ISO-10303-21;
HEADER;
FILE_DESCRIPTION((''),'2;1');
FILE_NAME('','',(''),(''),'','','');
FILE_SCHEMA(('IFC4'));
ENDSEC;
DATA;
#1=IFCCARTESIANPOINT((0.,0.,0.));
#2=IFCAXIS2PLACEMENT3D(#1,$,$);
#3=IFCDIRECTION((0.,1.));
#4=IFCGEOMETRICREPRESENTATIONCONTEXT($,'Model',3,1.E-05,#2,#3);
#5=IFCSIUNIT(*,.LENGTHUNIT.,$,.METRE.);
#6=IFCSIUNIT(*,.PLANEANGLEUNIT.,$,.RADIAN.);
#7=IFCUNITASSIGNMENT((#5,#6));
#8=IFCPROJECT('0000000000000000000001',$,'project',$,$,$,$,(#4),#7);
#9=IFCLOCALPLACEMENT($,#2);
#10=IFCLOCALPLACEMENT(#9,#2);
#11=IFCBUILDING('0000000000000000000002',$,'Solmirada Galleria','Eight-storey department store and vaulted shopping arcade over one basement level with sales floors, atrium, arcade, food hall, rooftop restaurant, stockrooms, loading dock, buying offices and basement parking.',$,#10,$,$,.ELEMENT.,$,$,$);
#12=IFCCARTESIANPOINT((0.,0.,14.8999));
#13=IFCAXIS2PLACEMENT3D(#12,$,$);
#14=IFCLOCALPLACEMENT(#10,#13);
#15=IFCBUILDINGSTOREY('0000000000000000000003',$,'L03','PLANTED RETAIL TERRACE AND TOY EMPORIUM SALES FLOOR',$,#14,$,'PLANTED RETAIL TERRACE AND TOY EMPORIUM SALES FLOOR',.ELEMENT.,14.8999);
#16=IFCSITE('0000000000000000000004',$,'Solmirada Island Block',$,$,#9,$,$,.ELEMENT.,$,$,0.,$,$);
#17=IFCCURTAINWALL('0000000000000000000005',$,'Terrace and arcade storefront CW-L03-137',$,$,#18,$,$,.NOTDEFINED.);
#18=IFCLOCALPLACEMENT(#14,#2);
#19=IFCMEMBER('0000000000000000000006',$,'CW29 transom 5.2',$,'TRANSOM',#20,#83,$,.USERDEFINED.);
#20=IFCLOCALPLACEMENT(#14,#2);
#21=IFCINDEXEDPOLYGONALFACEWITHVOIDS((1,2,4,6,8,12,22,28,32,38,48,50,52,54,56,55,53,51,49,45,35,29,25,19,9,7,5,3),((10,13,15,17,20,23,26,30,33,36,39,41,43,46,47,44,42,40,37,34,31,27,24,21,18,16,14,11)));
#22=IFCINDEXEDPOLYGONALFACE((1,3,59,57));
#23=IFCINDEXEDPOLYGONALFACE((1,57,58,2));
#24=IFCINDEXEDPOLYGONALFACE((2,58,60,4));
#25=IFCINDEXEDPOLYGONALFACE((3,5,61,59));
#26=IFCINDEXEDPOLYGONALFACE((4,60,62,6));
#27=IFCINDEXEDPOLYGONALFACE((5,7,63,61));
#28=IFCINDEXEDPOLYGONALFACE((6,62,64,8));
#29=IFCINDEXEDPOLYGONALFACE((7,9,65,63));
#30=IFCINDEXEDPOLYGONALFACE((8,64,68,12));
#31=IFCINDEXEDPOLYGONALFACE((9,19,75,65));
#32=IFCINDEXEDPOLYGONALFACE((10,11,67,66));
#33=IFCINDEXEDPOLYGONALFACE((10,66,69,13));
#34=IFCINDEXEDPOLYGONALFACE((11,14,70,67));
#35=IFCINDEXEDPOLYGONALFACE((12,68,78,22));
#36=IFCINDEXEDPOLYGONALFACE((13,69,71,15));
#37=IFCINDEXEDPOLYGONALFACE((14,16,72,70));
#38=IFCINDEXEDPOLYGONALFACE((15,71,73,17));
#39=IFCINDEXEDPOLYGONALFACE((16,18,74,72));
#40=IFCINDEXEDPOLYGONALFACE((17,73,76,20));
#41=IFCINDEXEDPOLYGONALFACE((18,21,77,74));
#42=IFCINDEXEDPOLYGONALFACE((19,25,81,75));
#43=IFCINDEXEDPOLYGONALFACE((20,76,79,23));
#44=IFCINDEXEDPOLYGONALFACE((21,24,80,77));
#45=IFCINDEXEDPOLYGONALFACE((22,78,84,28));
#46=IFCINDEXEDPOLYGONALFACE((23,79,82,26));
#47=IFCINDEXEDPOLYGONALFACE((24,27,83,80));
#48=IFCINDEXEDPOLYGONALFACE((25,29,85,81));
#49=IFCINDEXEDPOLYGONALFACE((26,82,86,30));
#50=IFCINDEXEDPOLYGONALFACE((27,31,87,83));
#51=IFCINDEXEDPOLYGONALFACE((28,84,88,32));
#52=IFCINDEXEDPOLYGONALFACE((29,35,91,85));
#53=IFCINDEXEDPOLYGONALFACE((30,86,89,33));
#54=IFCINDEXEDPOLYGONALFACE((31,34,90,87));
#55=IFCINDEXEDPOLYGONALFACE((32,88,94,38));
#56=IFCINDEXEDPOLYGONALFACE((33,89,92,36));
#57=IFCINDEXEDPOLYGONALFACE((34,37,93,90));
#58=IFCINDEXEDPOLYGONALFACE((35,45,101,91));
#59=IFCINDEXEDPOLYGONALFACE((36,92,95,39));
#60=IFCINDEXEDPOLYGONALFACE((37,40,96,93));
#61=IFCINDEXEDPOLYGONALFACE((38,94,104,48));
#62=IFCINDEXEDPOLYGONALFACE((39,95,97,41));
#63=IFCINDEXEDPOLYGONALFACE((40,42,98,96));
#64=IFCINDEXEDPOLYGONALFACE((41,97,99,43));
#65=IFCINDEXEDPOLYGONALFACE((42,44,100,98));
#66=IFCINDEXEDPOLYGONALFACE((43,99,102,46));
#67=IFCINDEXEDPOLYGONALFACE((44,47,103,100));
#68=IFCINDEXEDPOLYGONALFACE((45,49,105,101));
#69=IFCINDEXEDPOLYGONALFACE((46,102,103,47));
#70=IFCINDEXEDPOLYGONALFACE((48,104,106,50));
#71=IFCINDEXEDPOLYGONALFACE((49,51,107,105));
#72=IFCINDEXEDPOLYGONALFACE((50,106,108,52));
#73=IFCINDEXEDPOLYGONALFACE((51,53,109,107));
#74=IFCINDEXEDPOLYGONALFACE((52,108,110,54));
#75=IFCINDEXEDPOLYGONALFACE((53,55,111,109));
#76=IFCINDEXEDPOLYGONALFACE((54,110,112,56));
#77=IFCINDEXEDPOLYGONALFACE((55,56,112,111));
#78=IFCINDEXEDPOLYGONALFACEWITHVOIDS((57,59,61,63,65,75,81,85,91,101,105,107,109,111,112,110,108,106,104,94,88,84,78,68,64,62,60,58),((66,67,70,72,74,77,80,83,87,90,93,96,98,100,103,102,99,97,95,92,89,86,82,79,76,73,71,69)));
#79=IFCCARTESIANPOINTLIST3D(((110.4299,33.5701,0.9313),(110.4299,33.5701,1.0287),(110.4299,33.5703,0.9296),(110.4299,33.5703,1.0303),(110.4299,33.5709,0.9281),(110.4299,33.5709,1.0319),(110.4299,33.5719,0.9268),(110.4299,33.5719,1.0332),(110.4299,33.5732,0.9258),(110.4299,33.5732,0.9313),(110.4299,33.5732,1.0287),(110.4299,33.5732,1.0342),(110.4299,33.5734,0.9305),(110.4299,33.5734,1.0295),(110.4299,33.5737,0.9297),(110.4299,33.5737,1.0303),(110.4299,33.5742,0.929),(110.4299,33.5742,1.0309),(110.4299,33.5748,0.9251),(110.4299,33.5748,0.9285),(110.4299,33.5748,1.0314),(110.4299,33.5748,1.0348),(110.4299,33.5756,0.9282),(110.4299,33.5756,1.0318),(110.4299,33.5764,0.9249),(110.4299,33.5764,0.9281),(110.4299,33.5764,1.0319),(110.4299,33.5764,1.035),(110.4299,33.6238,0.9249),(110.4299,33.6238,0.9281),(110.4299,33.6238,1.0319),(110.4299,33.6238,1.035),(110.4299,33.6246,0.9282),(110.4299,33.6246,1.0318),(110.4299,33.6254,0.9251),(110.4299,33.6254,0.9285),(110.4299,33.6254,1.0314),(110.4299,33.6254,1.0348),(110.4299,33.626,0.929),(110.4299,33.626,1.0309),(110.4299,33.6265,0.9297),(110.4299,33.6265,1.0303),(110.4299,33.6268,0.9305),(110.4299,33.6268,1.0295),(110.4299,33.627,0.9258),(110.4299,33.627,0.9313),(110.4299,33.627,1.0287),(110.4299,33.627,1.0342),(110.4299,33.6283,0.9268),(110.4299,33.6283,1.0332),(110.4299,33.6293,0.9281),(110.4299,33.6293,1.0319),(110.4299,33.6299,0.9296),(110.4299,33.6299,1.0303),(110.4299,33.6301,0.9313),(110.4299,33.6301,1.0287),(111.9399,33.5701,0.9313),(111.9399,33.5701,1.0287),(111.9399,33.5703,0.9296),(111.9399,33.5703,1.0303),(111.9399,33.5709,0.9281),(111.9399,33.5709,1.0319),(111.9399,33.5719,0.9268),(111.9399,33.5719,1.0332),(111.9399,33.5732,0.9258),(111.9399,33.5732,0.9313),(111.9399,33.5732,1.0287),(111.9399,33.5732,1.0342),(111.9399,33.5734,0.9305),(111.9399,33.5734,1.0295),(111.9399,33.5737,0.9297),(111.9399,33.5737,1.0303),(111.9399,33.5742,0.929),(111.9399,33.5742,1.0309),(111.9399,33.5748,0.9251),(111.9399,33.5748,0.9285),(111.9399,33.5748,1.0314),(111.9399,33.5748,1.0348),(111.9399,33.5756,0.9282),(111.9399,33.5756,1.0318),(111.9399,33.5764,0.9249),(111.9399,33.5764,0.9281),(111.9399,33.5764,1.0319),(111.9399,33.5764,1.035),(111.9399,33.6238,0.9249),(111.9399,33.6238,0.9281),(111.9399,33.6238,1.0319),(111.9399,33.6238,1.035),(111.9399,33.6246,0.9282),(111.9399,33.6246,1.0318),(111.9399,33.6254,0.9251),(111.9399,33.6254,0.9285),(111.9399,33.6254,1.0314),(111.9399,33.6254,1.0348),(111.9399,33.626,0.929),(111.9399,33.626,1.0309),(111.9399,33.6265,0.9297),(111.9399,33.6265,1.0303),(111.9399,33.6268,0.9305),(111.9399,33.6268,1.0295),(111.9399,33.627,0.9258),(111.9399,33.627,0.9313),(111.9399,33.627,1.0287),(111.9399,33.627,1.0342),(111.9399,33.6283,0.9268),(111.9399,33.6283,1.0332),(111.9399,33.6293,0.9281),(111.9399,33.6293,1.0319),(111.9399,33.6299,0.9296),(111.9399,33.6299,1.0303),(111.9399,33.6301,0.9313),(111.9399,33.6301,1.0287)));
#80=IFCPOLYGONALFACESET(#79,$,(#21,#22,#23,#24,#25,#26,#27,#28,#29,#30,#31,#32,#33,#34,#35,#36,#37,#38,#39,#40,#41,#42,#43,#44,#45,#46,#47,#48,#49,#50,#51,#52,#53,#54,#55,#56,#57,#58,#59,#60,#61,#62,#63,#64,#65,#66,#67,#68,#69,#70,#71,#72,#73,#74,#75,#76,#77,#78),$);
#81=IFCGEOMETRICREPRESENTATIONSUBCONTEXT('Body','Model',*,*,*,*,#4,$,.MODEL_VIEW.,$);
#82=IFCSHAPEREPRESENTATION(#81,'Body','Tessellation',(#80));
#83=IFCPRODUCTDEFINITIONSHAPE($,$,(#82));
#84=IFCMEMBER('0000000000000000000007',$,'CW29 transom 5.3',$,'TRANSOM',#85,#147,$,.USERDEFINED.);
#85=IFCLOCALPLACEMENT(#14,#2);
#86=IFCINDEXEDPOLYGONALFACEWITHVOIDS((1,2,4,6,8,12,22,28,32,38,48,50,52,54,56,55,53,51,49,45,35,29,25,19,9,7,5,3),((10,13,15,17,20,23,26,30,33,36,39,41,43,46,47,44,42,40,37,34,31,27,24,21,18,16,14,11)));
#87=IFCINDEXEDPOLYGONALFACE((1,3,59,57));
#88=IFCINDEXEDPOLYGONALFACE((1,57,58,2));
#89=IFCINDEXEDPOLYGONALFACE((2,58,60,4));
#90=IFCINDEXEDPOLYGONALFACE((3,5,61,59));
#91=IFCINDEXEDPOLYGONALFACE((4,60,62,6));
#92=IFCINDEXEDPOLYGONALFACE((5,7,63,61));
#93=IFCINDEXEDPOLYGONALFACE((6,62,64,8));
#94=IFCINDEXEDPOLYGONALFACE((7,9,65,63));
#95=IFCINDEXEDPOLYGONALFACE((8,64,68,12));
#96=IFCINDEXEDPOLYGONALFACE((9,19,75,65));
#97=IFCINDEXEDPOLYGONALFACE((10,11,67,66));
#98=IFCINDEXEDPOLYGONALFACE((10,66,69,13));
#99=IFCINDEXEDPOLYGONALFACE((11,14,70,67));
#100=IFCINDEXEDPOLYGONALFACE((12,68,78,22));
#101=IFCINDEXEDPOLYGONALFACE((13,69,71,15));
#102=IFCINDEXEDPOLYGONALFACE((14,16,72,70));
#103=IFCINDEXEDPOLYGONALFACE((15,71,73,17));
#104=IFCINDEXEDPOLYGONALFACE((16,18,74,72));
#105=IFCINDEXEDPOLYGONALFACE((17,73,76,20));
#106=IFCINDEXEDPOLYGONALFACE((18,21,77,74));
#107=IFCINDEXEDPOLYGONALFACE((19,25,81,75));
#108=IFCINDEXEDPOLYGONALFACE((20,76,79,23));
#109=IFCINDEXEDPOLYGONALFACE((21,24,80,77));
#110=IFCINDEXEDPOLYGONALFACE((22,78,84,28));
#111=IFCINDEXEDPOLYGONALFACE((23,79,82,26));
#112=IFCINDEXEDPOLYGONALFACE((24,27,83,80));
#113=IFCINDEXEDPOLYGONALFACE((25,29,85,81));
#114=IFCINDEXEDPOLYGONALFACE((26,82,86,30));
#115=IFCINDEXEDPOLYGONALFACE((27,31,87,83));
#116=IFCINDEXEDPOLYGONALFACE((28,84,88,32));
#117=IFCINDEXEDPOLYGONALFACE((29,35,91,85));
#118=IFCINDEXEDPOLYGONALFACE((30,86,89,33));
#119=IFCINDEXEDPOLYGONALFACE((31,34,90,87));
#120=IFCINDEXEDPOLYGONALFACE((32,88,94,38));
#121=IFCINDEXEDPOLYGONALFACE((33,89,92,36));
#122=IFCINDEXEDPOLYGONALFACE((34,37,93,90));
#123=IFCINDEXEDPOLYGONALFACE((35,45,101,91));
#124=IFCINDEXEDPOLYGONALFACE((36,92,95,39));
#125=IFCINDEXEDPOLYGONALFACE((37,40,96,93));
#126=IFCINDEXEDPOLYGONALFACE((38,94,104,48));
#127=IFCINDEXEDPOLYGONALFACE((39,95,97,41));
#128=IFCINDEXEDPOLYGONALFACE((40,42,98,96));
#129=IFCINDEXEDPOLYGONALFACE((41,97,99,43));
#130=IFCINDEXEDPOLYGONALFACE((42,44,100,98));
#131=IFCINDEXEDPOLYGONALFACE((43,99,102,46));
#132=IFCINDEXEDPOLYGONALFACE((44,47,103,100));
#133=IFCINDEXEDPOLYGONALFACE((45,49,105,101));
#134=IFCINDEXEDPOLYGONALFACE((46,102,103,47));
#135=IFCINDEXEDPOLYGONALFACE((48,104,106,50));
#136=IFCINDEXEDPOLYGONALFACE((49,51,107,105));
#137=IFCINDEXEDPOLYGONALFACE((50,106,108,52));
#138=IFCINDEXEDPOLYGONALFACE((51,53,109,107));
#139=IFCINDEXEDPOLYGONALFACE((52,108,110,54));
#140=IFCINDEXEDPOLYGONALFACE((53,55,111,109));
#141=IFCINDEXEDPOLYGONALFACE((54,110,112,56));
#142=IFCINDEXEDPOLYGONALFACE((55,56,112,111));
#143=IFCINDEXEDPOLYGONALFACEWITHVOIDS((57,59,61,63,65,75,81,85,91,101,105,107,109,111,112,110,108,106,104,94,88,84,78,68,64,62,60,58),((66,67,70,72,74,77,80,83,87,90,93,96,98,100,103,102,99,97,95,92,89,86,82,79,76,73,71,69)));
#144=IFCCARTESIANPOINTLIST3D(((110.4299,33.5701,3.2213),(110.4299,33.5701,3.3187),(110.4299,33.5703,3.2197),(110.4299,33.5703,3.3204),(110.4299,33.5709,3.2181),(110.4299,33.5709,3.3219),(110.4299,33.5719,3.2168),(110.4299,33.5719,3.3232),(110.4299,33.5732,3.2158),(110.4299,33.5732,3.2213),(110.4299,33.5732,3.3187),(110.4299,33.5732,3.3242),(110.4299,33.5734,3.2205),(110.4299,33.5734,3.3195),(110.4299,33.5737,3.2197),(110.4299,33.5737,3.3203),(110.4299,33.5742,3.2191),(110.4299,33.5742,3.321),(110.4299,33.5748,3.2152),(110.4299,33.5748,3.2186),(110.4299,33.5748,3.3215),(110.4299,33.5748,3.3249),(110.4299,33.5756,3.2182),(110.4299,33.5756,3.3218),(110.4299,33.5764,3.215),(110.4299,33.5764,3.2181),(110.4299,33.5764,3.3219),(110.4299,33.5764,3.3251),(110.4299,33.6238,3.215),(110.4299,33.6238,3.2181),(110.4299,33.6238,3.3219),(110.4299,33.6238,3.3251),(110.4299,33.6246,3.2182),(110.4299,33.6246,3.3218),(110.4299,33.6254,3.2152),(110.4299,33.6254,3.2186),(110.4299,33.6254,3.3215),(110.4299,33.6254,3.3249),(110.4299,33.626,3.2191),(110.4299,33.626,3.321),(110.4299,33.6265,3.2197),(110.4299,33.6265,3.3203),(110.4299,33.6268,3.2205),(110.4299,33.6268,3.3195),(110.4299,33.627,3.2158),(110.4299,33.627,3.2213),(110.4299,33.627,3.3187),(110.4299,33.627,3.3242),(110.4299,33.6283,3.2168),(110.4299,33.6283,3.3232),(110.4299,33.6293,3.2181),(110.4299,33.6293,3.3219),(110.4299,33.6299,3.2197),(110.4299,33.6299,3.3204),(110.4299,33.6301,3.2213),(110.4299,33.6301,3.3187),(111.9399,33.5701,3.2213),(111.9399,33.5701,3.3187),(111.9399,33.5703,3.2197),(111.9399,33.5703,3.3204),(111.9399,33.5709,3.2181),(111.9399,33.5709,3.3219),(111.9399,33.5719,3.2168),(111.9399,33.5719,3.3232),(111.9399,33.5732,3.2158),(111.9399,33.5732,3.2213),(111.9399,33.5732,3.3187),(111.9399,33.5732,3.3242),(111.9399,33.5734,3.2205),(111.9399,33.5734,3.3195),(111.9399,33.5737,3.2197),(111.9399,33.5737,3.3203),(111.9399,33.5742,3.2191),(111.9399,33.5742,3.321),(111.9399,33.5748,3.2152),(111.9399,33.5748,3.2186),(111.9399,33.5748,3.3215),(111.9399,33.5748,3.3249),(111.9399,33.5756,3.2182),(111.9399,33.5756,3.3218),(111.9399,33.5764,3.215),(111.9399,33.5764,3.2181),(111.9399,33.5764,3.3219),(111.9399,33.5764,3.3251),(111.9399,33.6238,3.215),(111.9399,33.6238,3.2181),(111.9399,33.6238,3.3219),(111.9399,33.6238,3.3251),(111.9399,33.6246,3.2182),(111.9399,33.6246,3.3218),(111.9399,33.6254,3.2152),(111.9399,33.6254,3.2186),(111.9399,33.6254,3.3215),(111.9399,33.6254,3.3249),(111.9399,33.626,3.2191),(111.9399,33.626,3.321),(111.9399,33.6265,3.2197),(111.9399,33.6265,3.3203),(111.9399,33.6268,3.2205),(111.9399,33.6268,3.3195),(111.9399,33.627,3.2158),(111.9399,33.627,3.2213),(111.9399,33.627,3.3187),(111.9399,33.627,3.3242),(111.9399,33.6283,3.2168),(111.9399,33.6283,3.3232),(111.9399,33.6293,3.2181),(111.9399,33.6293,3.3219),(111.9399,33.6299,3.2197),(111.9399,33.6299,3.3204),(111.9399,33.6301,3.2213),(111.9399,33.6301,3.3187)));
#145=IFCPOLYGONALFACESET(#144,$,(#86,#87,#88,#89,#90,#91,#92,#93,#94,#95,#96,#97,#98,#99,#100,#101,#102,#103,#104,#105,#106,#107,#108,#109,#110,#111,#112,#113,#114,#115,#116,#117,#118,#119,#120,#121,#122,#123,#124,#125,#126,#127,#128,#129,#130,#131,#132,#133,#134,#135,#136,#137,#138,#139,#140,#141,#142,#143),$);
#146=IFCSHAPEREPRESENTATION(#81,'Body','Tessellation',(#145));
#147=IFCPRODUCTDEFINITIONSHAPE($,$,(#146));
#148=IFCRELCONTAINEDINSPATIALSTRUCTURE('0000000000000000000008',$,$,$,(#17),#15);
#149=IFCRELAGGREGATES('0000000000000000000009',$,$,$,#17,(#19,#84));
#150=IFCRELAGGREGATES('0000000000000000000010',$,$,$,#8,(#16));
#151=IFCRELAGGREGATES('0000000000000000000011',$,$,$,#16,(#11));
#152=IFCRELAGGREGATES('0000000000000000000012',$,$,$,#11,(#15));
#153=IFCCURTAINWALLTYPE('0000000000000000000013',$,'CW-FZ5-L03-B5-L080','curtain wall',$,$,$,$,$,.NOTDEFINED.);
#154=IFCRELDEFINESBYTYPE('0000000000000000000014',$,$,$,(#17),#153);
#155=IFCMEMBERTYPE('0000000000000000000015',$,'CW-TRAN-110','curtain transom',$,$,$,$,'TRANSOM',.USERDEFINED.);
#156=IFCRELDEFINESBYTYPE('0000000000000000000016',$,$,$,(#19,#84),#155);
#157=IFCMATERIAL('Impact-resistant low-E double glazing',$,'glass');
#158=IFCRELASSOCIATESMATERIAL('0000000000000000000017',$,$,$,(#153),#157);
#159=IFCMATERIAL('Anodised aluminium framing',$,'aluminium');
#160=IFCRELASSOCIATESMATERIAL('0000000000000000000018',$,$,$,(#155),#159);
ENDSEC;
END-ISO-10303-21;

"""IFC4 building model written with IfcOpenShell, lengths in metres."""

from ifc_helpers import new_model, si_unit, direction, frame, origin, origin_2d, place, context, subcontext, project, spatial, hollow_rectangle, extrude, material, material_profile, profile_set, type_object, element, aggregate, save


model = new_model("IFC4")

# Units and contexts
model_context = context("Model", 3, precision=1e-05, world=origin(), true_north=direction((0.0, 1.0)))
body_context = subcontext(model_context, "Body", "Model", "MODEL_VIEW")
ifc_project = project(units=[si_unit("LENGTHUNIT", "METRE"), si_unit("PLANEANGLEUNIT", "RADIAN")], contexts=[model_context])

# Site, building, storey
site_placement = place(None, origin())
site = spatial("IfcSite", under=ifc_project, at=site_placement, Name="Solmirada Island Block", CompositionType="ELEMENT", RefElevation=0.0)
building_placement = place(site_placement, origin())
building = spatial("IfcBuilding", under=site, at=building_placement, Name="Solmirada Galleria", Description="Eight-storey department store and vaulted shopping arcade over one basement level with sales floors, atrium, arcade, food hall, rooftop restaurant, stockrooms, loading dock, buying offices and basement parking.", CompositionType="ELEMENT")
storey_placement = place(building_placement, frame((0.0, 0.0, 14.8999)))
storey = spatial("IfcBuildingStorey", under=building, at=storey_placement, Name="L03", Description="PLANTED RETAIL TERRACE AND TOY EMPORIUM SALES FLOOR", LongName="PLANTED RETAIL TERRACE AND TOY EMPORIUM SALES FLOOR", CompositionType="ELEMENT", Elevation=14.8999)

# Curtain wall
ifc_material_1 = material(Name="Impact-resistant low-E double glazing", Category="glass")
curtain_wall_type = type_object("IfcCurtainWallType", Name="CW-FZ5-L03-B5-L080", Description="curtain wall", PredefinedType="NOTDEFINED", material=ifc_material_1)
curtain_wall_1_placement = place(storey_placement, origin())
curtain_wall_1 = element("IfcCurtainWall", 1, at=curtain_wall_1_placement, inside=storey, type_object=curtain_wall_type, Name="Terrace and arcade storefront CW-L03-137", PredefinedType="NOTDEFINED")
ifc_material_2 = material(Name="Anodised aluminium framing", Category="aluminium")

# Members
ifc_material_profile_1 = material_profile(ifc_material_2, hollow_rectangle(XDim=0.0601, YDim=0.1101, WallThickness=0.0032, InnerFilletRadius=0.0032, OuterFilletRadius=0.0063, at=origin_2d()), Name="ALU-TRAN-110X60")
ifc_profile_set_1 = profile_set([ifc_material_profile_1], Name="Anodised aluminium framing")
member_type_1 = type_object("IfcMemberType", Name="CW-TRAN-110", Description="curtain transom", ElementType="TRANSOM", PredefinedType="USERDEFINED", material=ifc_profile_set_1)
member_1_placement = place(storey_placement, frame((110.4299, 33.6001, 0.98), z_axis=(1.0, 0.0, 0.0), x_axis=(0.0, 1.0, 0.0)))
member_1 = element("IfcMember", 2, at=member_1_placement, type_object=member_type_1, Name="CW29 transom 5.2", ObjectType="TRANSOM", PredefinedType="USERDEFINED", context=body_context, shape_type="SweptSolid", body=[
    extrude(hollow_rectangle(XDim=0.0601, YDim=0.1101, WallThickness=0.0032, InnerFilletRadius=0.0032, OuterFilletRadius=0.0063, at=origin_2d()), origin(), (0.0, 0.0, 1.0), 1.51),
])
member_2_placement = place(storey_placement, frame((110.4299, 33.6001, 3.27), z_axis=(1.0, 0.0, 0.0), x_axis=(0.0, 1.0, 0.0)))
member_2 = element("IfcMember", 3, at=member_2_placement, type_object=member_type_1, Name="CW29 transom 5.3", ObjectType="TRANSOM", PredefinedType="USERDEFINED", context=body_context, shape_type="SweptSolid", body=[
    extrude(hollow_rectangle(XDim=0.0601, YDim=0.1101, WallThickness=0.0032, InnerFilletRadius=0.0032, OuterFilletRadius=0.0063, at=origin_2d()), origin(), (0.0, 0.0, 1.0), 1.51),
])

aggregate(curtain_wall_1, [member_1, member_2])

save(model, "model.ifc")
